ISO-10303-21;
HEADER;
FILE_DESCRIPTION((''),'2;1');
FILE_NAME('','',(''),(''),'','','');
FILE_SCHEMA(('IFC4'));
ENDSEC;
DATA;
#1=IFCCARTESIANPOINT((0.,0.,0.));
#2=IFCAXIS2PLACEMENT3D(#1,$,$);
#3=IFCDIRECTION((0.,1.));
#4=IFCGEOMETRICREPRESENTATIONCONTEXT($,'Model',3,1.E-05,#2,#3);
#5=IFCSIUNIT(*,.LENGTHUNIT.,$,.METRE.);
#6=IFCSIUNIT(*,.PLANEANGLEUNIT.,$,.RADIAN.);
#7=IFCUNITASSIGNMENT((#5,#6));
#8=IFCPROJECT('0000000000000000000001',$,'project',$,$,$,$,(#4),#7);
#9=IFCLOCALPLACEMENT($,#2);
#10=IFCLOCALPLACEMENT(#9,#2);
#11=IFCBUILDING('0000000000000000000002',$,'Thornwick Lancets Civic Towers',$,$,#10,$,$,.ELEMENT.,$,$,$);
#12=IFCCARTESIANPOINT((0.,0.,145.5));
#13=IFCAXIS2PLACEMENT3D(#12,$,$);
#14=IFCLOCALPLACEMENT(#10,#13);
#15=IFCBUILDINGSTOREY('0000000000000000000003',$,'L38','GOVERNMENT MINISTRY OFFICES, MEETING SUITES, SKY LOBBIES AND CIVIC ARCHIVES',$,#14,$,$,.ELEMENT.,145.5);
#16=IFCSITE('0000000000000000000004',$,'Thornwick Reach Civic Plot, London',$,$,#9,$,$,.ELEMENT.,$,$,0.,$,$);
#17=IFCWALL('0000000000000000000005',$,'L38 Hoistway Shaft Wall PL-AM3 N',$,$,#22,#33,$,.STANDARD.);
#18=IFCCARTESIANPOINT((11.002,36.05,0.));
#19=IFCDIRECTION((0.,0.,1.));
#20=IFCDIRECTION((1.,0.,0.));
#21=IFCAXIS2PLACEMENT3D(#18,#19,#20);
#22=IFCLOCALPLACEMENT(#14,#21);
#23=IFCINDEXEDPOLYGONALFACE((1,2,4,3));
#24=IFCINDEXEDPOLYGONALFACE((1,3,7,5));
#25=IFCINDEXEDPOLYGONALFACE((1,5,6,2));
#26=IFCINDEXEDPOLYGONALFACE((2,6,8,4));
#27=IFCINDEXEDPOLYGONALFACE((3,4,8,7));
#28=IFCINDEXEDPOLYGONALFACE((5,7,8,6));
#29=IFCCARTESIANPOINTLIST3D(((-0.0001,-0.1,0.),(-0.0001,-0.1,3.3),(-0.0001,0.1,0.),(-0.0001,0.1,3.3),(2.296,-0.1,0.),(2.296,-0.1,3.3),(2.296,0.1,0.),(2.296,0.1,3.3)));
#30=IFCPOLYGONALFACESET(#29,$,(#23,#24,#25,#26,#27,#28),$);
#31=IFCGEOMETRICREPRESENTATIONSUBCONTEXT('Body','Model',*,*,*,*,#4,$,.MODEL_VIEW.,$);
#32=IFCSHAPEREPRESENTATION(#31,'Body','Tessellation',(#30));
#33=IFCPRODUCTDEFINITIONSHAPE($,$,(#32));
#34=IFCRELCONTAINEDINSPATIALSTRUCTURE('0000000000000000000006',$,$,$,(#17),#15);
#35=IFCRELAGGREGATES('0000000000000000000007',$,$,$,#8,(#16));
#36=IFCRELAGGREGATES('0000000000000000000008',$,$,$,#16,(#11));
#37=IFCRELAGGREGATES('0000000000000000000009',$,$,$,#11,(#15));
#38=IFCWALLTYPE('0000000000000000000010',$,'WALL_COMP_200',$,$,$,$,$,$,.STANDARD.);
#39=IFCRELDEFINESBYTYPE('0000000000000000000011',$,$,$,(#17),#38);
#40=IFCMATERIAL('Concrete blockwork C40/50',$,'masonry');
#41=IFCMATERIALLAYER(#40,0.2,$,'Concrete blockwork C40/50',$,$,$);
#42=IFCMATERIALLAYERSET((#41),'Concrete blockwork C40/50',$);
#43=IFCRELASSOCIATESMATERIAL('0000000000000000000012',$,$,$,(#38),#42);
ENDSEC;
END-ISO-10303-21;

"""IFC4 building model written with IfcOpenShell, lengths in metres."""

from ifc_helpers import new_model, si_unit, direction, frame, frame_2d, origin, place, context, subcontext, project, spatial, rectangle, extrude, material, layer, layer_set, type_object, element, save


model = new_model("IFC4")

# Units and contexts
model_context = context("Model", 3, precision=1e-05, world=origin(), true_north=direction((0.0, 1.0)))
body_context = subcontext(model_context, "Body", "Model", "MODEL_VIEW")
ifc_project = project(units=[si_unit("LENGTHUNIT", "METRE"), si_unit("PLANEANGLEUNIT", "RADIAN")], contexts=[model_context])

# Site, building, storey
site_placement = place(None, origin())
site = spatial("IfcSite", under=ifc_project, at=site_placement, Name="Thornwick Reach Civic Plot, London", CompositionType="ELEMENT", RefElevation=0.0)
building_placement = place(site_placement, origin())
building = spatial("IfcBuilding", under=site, at=building_placement, Name="Thornwick Lancets Civic Towers", CompositionType="ELEMENT")
storey_placement = place(building_placement, frame((0.0, 0.0, 145.5)))
storey = spatial("IfcBuildingStorey", under=building, at=storey_placement, Name="L38", Description="GOVERNMENT MINISTRY OFFICES, MEETING SUITES, SKY LOBBIES AND CIVIC ARCHIVES", CompositionType="ELEMENT", Elevation=145.5)

# Shared definitions
ifc_material_1 = material(Name="Concrete blockwork C40/50", Category="masonry")
ifc_layer_1 = layer(ifc_material_1, 0.2, Name="Concrete blockwork C40/50")
ifc_layer_set_1 = layer_set([ifc_layer_1], Name="Concrete blockwork C40/50")
wall_type_1 = type_object("IfcWallType", Name="WALL_COMP_200", PredefinedType="STANDARD", material=ifc_layer_set_1)

# Wall
wall_1_placement = place(storey_placement, frame((11.002, 36.05, 0.0), z_axis=(0.0, 0.0, 1.0), x_axis=(1.0, 0.0, 0.0)))
element("IfcWall", 1, at=wall_1_placement, inside=storey, type_object=wall_type_1, Name="L38 Hoistway Shaft Wall PL-AM3 N", PredefinedType="STANDARD", context=body_context, shape_type="SweptSolid", body=[
    extrude(rectangle(XDim=2.2961, YDim=0.2, at=frame_2d((1.1479, 0.0))), origin(), (0.0, 0.0, 1.0), 3.3),
])

save(model, "model.ifc")
